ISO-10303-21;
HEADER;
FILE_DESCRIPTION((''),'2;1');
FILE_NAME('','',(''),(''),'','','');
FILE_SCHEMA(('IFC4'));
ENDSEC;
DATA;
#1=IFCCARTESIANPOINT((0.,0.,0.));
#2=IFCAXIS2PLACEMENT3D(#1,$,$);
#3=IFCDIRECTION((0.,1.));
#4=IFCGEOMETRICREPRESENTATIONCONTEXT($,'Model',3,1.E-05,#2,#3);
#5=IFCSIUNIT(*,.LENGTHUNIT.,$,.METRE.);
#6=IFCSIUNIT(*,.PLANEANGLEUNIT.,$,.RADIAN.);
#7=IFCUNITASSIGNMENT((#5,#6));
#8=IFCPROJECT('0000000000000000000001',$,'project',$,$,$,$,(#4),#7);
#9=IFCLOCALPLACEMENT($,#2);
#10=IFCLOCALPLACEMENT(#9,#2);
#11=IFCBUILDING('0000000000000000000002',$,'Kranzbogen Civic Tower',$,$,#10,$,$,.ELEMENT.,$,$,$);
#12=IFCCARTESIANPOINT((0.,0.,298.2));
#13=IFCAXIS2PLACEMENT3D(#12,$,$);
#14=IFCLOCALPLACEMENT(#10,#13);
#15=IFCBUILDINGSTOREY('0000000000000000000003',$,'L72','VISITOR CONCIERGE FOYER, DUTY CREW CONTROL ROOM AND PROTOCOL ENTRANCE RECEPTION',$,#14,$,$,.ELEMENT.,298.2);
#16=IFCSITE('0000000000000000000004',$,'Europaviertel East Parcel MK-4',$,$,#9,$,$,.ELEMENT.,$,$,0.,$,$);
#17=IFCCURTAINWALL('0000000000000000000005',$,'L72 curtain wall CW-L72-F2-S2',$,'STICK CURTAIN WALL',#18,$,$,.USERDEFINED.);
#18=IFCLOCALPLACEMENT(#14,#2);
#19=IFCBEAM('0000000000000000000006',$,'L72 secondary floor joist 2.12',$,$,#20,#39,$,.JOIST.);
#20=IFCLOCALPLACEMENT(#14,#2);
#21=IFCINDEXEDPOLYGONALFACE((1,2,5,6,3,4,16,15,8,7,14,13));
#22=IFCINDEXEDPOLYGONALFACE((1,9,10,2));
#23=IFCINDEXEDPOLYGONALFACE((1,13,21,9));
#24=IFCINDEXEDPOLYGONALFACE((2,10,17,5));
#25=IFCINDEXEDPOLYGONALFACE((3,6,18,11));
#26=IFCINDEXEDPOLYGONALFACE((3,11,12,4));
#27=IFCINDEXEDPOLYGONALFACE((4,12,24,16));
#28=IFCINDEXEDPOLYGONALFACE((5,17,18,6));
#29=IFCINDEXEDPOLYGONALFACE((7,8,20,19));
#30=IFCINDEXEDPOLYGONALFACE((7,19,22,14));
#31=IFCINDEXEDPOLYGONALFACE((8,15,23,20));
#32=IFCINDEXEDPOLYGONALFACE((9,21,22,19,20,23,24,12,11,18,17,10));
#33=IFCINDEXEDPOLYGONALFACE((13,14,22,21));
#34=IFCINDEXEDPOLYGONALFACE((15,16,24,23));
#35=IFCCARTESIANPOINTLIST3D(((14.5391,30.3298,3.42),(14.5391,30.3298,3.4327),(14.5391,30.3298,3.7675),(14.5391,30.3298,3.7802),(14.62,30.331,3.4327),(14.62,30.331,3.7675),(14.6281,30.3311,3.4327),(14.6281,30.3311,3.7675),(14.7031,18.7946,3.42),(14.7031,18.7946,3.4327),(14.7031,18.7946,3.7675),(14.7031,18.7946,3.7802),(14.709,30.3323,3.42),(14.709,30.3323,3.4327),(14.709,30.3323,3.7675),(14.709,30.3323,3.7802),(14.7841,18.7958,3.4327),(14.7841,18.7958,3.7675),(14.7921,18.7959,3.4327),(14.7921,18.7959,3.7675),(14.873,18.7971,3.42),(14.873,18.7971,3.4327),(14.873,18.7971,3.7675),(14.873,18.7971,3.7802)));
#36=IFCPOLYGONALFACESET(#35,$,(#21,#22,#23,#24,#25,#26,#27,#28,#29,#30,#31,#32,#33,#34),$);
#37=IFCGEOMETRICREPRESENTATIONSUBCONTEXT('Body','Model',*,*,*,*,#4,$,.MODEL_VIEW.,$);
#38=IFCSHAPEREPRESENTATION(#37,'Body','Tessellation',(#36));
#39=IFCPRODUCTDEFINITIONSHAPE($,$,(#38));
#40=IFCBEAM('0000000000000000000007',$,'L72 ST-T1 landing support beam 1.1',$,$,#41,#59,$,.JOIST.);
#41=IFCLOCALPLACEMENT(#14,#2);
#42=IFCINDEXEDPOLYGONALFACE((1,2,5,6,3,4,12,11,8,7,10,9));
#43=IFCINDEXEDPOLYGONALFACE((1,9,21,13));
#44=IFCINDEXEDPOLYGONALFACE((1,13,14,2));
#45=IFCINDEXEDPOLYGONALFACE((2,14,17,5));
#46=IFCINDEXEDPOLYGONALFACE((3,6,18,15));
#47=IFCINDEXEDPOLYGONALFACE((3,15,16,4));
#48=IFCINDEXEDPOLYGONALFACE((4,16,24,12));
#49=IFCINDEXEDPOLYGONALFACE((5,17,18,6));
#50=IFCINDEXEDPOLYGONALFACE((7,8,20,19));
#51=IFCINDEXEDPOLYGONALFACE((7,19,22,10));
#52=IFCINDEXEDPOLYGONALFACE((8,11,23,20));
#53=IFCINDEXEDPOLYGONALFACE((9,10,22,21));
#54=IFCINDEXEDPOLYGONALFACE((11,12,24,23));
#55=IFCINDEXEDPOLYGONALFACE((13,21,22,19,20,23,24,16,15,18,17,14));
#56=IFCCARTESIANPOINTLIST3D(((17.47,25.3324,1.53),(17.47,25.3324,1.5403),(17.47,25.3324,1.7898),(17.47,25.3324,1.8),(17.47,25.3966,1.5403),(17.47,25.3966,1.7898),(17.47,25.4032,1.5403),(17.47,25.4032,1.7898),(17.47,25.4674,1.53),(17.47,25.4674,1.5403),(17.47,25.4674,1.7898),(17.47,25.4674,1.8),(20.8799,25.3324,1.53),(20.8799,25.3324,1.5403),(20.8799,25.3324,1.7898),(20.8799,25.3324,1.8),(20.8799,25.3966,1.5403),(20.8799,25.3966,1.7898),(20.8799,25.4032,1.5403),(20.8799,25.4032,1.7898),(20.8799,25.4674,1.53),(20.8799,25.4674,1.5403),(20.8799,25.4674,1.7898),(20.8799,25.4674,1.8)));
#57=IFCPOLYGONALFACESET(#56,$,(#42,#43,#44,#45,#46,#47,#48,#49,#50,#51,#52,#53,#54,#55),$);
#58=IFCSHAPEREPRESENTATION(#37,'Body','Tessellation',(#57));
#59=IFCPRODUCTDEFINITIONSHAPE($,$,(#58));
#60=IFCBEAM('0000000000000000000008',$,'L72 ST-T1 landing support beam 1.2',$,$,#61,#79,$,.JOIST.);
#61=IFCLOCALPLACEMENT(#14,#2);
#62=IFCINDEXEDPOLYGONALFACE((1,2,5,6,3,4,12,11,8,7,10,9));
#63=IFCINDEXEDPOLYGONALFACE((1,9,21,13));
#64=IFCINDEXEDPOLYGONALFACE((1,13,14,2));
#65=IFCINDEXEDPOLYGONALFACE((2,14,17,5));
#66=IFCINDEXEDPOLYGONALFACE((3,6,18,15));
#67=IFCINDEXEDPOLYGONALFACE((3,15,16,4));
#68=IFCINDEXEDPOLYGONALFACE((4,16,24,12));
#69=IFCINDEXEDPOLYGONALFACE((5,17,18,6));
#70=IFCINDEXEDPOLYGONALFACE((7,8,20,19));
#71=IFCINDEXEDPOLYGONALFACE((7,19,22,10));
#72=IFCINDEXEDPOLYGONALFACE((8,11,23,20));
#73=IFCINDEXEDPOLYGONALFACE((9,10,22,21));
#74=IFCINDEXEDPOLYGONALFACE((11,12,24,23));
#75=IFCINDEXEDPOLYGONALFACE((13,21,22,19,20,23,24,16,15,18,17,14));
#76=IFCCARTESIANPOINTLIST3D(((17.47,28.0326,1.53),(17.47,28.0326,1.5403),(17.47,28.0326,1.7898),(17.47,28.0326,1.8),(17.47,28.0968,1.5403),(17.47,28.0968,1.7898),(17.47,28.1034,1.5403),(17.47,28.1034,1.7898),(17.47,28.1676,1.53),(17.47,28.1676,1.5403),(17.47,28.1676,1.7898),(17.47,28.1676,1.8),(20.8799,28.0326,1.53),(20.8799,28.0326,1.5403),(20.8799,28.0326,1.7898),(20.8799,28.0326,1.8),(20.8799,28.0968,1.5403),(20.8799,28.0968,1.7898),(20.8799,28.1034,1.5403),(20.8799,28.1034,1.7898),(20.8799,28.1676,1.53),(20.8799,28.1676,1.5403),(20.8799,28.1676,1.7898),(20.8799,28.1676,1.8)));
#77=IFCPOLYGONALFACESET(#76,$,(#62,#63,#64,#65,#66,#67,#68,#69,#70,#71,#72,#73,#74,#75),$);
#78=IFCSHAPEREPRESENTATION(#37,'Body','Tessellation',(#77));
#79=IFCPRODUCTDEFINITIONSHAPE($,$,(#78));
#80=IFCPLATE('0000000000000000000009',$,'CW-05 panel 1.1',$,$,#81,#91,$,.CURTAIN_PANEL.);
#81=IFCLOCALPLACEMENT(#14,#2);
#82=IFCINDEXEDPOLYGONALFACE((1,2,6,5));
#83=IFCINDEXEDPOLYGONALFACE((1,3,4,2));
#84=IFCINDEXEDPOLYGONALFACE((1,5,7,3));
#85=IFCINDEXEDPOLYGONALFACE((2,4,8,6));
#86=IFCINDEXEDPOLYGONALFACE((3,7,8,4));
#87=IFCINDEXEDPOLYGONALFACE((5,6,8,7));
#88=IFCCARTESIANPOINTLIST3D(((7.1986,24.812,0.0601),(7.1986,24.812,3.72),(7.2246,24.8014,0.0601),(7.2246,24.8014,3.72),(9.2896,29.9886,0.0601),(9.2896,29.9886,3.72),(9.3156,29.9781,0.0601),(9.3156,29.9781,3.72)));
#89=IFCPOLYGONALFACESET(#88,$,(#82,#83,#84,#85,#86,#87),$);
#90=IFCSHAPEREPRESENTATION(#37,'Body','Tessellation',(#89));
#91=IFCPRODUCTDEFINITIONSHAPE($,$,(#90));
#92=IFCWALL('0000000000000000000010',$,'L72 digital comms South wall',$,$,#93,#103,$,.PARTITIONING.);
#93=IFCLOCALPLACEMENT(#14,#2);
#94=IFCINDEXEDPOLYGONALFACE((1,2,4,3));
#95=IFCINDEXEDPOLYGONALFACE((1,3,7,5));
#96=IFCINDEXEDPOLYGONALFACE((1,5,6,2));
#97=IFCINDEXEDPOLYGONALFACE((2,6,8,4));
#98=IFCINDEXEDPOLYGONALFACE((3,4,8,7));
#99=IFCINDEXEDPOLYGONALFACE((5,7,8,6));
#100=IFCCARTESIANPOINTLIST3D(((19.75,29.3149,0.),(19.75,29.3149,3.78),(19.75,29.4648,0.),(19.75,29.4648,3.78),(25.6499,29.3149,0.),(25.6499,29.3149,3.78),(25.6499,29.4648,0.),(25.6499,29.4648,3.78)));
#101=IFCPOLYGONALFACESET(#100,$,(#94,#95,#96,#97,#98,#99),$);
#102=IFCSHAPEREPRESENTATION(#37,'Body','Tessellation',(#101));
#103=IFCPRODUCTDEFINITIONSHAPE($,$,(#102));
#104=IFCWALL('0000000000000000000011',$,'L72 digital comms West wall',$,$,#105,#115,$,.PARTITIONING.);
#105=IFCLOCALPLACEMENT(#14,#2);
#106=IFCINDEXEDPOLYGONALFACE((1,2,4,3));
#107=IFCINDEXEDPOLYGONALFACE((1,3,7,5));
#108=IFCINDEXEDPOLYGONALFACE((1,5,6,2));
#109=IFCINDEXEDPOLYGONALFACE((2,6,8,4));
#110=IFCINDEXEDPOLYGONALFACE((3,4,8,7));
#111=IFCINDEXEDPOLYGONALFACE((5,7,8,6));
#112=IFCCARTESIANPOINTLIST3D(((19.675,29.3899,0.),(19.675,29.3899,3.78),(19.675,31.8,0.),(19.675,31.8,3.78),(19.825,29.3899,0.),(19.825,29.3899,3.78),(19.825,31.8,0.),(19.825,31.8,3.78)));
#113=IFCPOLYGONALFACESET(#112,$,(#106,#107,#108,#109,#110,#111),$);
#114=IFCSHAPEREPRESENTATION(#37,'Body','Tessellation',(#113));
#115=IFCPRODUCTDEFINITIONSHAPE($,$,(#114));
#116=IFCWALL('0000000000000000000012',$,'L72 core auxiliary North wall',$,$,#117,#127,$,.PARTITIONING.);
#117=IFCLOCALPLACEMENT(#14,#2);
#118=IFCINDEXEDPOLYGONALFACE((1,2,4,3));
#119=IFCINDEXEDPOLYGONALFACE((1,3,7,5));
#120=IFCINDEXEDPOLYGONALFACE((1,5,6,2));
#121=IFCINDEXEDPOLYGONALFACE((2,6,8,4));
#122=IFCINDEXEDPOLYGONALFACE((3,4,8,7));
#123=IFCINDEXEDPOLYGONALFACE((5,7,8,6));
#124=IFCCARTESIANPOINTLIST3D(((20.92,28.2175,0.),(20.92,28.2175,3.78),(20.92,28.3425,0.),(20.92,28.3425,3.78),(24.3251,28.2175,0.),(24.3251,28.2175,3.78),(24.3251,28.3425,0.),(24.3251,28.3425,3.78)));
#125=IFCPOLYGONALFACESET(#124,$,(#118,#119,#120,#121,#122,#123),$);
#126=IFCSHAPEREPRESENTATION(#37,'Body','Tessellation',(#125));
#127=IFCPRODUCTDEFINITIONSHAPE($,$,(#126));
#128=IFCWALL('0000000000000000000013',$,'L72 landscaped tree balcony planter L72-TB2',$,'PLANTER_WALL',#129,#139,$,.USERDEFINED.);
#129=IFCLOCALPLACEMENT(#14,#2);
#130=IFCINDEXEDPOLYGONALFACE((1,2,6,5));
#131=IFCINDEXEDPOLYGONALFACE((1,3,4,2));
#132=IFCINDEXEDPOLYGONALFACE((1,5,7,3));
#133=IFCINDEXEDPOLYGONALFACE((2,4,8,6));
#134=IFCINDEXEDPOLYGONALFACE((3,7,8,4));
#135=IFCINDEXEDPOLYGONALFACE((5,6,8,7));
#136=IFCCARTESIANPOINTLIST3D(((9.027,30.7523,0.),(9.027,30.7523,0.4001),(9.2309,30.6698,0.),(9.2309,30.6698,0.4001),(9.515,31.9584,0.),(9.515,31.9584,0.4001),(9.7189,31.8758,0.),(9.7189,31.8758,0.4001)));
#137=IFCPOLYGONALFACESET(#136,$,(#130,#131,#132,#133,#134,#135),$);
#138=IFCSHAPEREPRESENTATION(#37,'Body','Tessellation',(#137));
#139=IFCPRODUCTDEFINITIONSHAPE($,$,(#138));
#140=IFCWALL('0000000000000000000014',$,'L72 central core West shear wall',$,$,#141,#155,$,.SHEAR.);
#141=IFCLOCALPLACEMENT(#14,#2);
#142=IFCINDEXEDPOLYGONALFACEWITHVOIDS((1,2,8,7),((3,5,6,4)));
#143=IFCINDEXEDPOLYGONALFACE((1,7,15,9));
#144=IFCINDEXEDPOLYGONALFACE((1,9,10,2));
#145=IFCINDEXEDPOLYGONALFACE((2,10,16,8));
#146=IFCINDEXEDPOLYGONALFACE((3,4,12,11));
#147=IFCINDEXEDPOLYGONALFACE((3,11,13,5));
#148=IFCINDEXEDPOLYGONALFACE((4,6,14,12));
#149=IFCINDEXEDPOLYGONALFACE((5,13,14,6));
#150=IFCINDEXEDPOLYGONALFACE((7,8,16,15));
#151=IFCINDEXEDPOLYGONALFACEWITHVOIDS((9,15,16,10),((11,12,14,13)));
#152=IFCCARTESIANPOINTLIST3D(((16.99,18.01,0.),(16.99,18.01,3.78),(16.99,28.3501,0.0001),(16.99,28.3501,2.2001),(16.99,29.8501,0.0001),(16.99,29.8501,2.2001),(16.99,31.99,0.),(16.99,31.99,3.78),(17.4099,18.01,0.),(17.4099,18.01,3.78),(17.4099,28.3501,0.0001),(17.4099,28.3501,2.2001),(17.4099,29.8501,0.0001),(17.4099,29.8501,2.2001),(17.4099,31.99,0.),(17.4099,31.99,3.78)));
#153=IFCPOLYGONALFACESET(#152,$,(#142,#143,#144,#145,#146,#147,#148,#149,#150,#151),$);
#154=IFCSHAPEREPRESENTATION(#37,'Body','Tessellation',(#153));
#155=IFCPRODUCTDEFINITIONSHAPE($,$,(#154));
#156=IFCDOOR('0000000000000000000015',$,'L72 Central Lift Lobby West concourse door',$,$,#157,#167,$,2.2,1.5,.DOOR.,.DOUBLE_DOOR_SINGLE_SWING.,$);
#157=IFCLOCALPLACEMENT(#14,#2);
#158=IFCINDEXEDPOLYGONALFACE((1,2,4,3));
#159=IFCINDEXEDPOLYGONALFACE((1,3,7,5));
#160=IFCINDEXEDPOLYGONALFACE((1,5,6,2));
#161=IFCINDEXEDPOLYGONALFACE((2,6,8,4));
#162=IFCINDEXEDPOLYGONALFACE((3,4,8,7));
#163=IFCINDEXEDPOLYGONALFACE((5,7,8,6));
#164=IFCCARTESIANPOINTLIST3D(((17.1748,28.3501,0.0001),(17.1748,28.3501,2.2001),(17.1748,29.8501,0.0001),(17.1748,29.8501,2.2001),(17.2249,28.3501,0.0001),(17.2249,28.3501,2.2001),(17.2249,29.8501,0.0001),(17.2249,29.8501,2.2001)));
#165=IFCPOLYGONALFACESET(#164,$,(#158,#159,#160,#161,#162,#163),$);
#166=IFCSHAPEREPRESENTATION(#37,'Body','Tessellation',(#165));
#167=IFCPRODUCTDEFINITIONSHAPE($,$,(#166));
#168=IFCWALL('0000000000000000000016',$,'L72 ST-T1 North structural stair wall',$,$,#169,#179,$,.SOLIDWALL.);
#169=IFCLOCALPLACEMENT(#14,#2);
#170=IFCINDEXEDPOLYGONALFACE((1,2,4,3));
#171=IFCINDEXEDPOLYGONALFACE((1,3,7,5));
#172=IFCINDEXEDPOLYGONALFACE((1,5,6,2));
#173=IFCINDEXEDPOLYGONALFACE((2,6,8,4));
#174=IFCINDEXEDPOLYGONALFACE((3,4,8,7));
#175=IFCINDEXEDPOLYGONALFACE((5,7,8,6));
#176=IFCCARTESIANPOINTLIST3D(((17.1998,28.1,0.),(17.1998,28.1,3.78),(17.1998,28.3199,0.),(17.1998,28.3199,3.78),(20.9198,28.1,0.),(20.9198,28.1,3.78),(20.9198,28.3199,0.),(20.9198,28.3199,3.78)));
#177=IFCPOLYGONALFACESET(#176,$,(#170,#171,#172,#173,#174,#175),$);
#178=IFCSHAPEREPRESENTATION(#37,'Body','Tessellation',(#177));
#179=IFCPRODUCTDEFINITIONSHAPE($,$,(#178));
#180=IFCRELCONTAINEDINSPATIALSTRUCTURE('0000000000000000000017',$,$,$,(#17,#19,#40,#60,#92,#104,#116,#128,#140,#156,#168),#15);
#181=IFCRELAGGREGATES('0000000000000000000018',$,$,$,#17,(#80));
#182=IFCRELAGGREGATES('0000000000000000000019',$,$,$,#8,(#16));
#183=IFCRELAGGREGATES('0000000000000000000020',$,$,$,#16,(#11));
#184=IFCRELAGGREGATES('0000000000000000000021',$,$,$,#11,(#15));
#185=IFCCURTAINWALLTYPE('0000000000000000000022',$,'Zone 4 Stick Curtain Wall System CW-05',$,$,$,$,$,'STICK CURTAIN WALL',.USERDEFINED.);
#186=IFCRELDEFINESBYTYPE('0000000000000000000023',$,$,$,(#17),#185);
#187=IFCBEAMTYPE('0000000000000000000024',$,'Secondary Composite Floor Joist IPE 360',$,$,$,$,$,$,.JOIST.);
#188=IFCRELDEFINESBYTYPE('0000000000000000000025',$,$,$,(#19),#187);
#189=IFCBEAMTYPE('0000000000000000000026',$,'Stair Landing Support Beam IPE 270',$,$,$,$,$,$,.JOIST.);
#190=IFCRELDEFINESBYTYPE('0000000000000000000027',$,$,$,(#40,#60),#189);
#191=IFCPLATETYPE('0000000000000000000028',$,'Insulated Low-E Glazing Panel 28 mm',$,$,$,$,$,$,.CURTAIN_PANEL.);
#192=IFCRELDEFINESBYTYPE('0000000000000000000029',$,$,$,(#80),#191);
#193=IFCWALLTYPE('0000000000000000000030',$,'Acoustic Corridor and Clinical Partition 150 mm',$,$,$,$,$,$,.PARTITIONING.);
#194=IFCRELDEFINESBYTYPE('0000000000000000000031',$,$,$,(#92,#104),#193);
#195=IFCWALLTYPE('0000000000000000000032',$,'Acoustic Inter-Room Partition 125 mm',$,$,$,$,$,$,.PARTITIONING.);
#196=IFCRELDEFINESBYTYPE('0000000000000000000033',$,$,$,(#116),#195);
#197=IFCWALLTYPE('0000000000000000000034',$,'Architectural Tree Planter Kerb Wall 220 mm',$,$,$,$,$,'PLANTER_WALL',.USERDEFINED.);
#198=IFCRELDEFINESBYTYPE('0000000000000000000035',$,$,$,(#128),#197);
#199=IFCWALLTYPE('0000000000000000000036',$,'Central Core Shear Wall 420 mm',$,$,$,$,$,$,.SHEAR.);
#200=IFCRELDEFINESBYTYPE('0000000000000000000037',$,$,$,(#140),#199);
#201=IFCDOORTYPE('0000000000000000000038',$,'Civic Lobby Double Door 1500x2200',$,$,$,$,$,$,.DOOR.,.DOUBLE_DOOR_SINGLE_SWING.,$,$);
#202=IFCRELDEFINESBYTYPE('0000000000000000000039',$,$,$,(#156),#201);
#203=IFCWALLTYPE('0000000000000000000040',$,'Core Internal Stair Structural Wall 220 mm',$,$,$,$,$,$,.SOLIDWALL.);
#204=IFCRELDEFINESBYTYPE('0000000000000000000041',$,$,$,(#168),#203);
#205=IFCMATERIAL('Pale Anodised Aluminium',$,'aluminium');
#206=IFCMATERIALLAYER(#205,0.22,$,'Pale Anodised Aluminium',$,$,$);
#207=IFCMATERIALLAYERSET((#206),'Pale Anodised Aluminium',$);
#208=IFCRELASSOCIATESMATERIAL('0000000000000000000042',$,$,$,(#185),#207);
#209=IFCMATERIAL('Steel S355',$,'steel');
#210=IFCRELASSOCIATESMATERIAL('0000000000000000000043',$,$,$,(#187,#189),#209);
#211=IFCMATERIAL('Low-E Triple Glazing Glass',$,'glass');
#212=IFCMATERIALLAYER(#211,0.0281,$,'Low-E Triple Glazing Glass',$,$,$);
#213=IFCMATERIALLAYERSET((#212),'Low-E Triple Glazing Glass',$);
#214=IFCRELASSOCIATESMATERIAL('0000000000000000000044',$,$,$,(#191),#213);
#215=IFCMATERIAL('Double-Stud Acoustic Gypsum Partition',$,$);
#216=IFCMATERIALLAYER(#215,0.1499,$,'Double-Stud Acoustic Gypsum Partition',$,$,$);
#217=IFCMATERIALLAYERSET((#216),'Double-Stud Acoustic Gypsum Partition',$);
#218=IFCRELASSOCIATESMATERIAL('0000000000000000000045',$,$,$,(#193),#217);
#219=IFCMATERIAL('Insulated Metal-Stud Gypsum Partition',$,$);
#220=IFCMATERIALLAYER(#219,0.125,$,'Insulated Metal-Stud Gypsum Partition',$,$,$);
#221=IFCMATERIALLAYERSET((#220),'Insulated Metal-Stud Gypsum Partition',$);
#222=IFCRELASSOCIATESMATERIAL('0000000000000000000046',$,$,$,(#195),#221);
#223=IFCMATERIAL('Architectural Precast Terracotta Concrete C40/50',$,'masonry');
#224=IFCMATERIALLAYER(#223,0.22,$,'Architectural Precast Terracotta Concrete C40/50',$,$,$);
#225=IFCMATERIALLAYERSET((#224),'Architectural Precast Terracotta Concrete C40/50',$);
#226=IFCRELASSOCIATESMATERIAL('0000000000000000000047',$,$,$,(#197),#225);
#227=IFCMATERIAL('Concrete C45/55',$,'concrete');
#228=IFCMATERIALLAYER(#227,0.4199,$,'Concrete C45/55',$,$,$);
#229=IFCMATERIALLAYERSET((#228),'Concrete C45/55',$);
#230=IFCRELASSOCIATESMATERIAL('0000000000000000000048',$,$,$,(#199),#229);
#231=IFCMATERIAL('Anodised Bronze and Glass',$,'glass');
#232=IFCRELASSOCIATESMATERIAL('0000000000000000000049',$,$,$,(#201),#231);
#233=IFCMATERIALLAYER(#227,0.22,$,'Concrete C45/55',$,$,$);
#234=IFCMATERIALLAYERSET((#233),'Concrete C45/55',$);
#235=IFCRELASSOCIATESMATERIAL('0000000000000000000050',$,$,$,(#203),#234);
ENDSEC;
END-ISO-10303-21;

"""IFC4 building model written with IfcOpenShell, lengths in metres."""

from ifc_helpers import new_model, si_unit, direction, frame, frame_2d, origin, origin_2d, place, context, subcontext, project, spatial, rectangle, i_section, extrude, material, layer, layer_set, material_profile, profile_set, type_object, element, fill, aggregate, save


model = new_model("IFC4")

# Units and contexts
model_context = context("Model", 3, precision=1e-05, world=origin(), true_north=direction((0.0, 1.0)))
body_context = subcontext(model_context, "Body", "Model", "MODEL_VIEW")
ifc_project = project(units=[si_unit("LENGTHUNIT", "METRE"), si_unit("PLANEANGLEUNIT", "RADIAN")], contexts=[model_context])

# Site, building, storey
site_placement = place(None, origin())
site = spatial("IfcSite", under=ifc_project, at=site_placement, Name="Europaviertel East Parcel MK-4", CompositionType="ELEMENT", RefElevation=0.0)
building_placement = place(site_placement, origin())
building = spatial("IfcBuilding", under=site, at=building_placement, Name="Kranzbogen Civic Tower", CompositionType="ELEMENT")
storey_placement = place(building_placement, frame((0.0, 0.0, 298.2)))
storey = spatial("IfcBuildingStorey", under=building, at=storey_placement, Name="L72", Description="VISITOR CONCIERGE FOYER, DUTY CREW CONTROL ROOM AND PROTOCOL ENTRANCE RECEPTION", CompositionType="ELEMENT", Elevation=298.2)

# Shared definitions
ifc_material_1 = material(Name="Steel S355", Category="steel")

# Curtain wall
ifc_material_2 = material(Name="Pale Anodised Aluminium", Category="aluminium")
ifc_layer_1 = layer(ifc_material_2, 0.22, Name="Pale Anodised Aluminium")
ifc_layer_set_1 = layer_set([ifc_layer_1], Name="Pale Anodised Aluminium")
curtain_wall_type = type_object("IfcCurtainWallType", Name="Zone 4 Stick Curtain Wall System CW-05", ElementType="STICK CURTAIN WALL", PredefinedType="USERDEFINED", material=ifc_layer_set_1)
curtain_wall_placement = place(storey_placement, origin())
curtain_wall = element("IfcCurtainWall", 1, at=curtain_wall_placement, inside=storey, type_object=curtain_wall_type, Name="L72 curtain wall CW-L72-F2-S2", ObjectType="STICK CURTAIN WALL", PredefinedType="USERDEFINED")

# Beams
ifc_material_profile_1 = material_profile(ifc_material_1, i_section(OverallWidth=0.1699, OverallDepth=0.3601, WebThickness=0.0081, FlangeThickness=0.0127, at=origin_2d()), Name="IPE 360")
ifc_profile_set_1 = profile_set([ifc_material_profile_1], Name="Steel S355")
beam_type_1 = type_object("IfcBeamType", Name="Secondary Composite Floor Joist IPE 360", PredefinedType="JOIST", material=ifc_profile_set_1)
beam_1_placement = place(storey_placement, frame((14.624, 30.3311, 3.6001), z_axis=(0.014221, -0.999899, 0.0), x_axis=(0.999899, 0.014221, 0.0)))
element("IfcBeam", 2, at=beam_1_placement, inside=storey, type_object=beam_type_1, Name="L72 secondary floor joist 2.12", PredefinedType="JOIST", context=body_context, shape_type="SweptSolid", body=[
    extrude(i_section(OverallWidth=0.1699, OverallDepth=0.3601, WebThickness=0.0081, FlangeThickness=0.0127, at=origin_2d()), origin(), (0.0, 0.0, 1.0), 11.5364),
])
ifc_material_profile_2 = material_profile(ifc_material_1, i_section(OverallWidth=0.135, OverallDepth=0.27, WebThickness=0.0066, FlangeThickness=0.0103, at=origin_2d()), Name="IPE 270")
ifc_profile_set_2 = profile_set([ifc_material_profile_2], Name="Steel S355")
beam_type_2 = type_object("IfcBeamType", Name="Stair Landing Support Beam IPE 270", PredefinedType="JOIST", material=ifc_profile_set_2)
for number, where, z_axis, x_axis, name in (
    (3, (20.8799, 25.3999, 1.665), (-1.0, 0.0, 0.0), (0.0, -1.0, 0.0), "L72 ST-T1 landing support beam 1.1"),
    (4, (20.8799, 28.1001, 1.665), (-1.0, 0.0, 0.0), (0.0, -1.0, 0.0), "L72 ST-T1 landing support beam 1.2"),
):
    element("IfcBeam", number, at=place(storey_placement, frame(where, z_axis=z_axis, x_axis=x_axis)), inside=storey, type_object=beam_type_2, Name=name, PredefinedType="JOIST", context=body_context, shape_type="SweptSolid", body=[
        extrude(i_section(OverallWidth=0.135, OverallDepth=0.27, WebThickness=0.0066, FlangeThickness=0.0103, at=origin_2d()), origin(), (0.0, 0.0, 1.0), 3.4099),
    ])

# Plate
ifc_material_3 = material(Name="Low-E Triple Glazing Glass", Category="glass")
ifc_layer_2 = layer(ifc_material_3, 0.0281, Name="Low-E Triple Glazing Glass")
ifc_layer_set_2 = layer_set([ifc_layer_2], Name="Low-E Triple Glazing Glass")
plate_type = type_object("IfcPlateType", Name="Insulated Low-E Glazing Panel 28 mm", PredefinedType="CURTAIN_PANEL", material=ifc_layer_set_2)
plate_placement = place(storey_placement, frame((8.2571, 27.395, 0.0601), z_axis=(0.0, 0.0, 1.0), x_axis=(-0.374533, -0.927214, 0.0)))
plate = element("IfcPlate", 5, at=plate_placement, type_object=plate_type, Name="CW-05 panel 1.1", PredefinedType="CURTAIN_PANEL", context=body_context, shape_type="SweptSolid", body=[
    extrude(rectangle(XDim=5.583, YDim=0.0281, at=origin_2d()), origin(), (0.0, 0.0, 1.0), 3.6599),
])
aggregate(curtain_wall, [plate])

# Walls
ifc_material_4 = material(Name="Double-Stud Acoustic Gypsum Partition")
ifc_layer_3 = layer(ifc_material_4, 0.1499, Name="Double-Stud Acoustic Gypsum Partition")
ifc_layer_set_3 = layer_set([ifc_layer_3], Name="Double-Stud Acoustic Gypsum Partition")
wall_type_1 = type_object("IfcWallType", Name="Acoustic Corridor and Clinical Partition 150 mm", PredefinedType="PARTITIONING", material=ifc_layer_set_3)
wall_1_placement = place(storey_placement, frame((19.75, 29.3899, 0.0), z_axis=(0.0, 0.0, 1.0), x_axis=(1.0, 0.0, 0.0)))
element("IfcWall", 6, at=wall_1_placement, inside=storey, type_object=wall_type_1, Name="L72 digital comms South wall", PredefinedType="PARTITIONING", context=body_context, shape_type="SweptSolid", body=[
    extrude(rectangle(XDim=5.8999, YDim=0.1499, at=frame_2d((2.95, 0.0))), origin(), (0.0, 0.0, 1.0), 3.78),
])
wall_2_placement = place(storey_placement, frame((19.75, 29.3899, 0.0), z_axis=(0.0, 0.0, 1.0), x_axis=(0.0, 1.0, 0.0)))
element("IfcWall", 7, at=wall_2_placement, inside=storey, type_object=wall_type_1, Name="L72 digital comms West wall", PredefinedType="PARTITIONING", context=body_context, shape_type="SweptSolid", body=[
    extrude(rectangle(XDim=2.4102, YDim=0.1499, at=frame_2d((1.2051, 0.0))), origin(), (0.0, 0.0, 1.0), 3.78),
])
ifc_material_5 = material(Name="Insulated Metal-Stud Gypsum Partition")
ifc_layer_4 = layer(ifc_material_5, 0.125, Name="Insulated Metal-Stud Gypsum Partition")
ifc_layer_set_4 = layer_set([ifc_layer_4], Name="Insulated Metal-Stud Gypsum Partition")
wall_type_2 = type_object("IfcWallType", Name="Acoustic Inter-Room Partition 125 mm", PredefinedType="PARTITIONING", material=ifc_layer_set_4)
wall_3_placement = place(storey_placement, frame((20.9199, 28.28, 0.0), z_axis=(0.0, 0.0, 1.0), x_axis=(1.0, 0.0, 0.0)))
element("IfcWall", 8, at=wall_3_placement, inside=storey, type_object=wall_type_2, Name="L72 core auxiliary North wall", PredefinedType="PARTITIONING", context=body_context, shape_type="SweptSolid", body=[
    extrude(rectangle(XDim=3.405, YDim=0.125, at=frame_2d((1.7026, 0.0))), origin(), (0.0, 0.0, 1.0), 3.78),
])
ifc_material_6 = material(Name="Architectural Precast Terracotta Concrete C40/50", Category="masonry")
ifc_layer_5 = layer(ifc_material_6, 0.22, Name="Architectural Precast Terracotta Concrete C40/50")
ifc_layer_set_5 = layer_set([ifc_layer_5], Name="Architectural Precast Terracotta Concrete C40/50")
wall_type_3 = type_object("IfcWallType", Name="Architectural Tree Planter Kerb Wall 220 mm", ElementType="PLANTER_WALL", PredefinedType="USERDEFINED", material=ifc_layer_set_5)
wall_4_placement = place(storey_placement, frame((9.6169, 31.917, 0.0), z_axis=(0.0, 0.0, 1.0), x_axis=(-0.375108, -0.926981, 0.0)))
element("IfcWall", 9, at=wall_4_placement, inside=storey, type_object=wall_type_3, Name="L72 landscaped tree balcony planter L72-TB2", ObjectType="PLANTER_WALL", PredefinedType="USERDEFINED", context=body_context, shape_type="SweptSolid", body=[
    extrude(rectangle(XDim=1.301, YDim=0.22, at=frame_2d((0.6504, 0.0))), origin(), (0.0, 0.0, 1.0), 0.4001),
])

# Wall, opening, door
ifc_material_7 = material(Name="Concrete C45/55", Category="concrete")
ifc_layer_6 = layer(ifc_material_7, 0.4199, Name="Concrete C45/55")
ifc_layer_set_6 = layer_set([ifc_layer_6], Name="Concrete C45/55")
wall_type_4 = type_object("IfcWallType", Name="Central Core Shear Wall 420 mm", PredefinedType="SHEAR", material=ifc_layer_set_6)
wall_5_placement = place(storey_placement, frame((17.2, 31.99, 0.0), z_axis=(0.0, 0.0, 1.0), x_axis=(0.0, -1.0, 0.0)))
wall_5 = element("IfcWall", 10, at=wall_5_placement, inside=storey, type_object=wall_type_4, Name="L72 central core West shear wall", PredefinedType="SHEAR", context=body_context, shape_type="SweptSolid", body=[
    extrude(rectangle(XDim=13.98, YDim=0.4199, at=frame_2d((6.99, 0.0))), origin(), (0.0, 0.0, 1.0), 3.78),
])
opening_1_placement = place(wall_5_placement, frame((2.1399, 0.0, 0.0)))
opening_1 = element("IfcOpeningElement", 11, at=opening_1_placement, cuts=wall_5, PredefinedType="OPENING", context=body_context, shape_type="SweptSolid", body=[
    extrude(rectangle(XDim=1.5, YDim=2.2, at=frame_2d((0.75, 1.1001))), frame((0.0, 0.22, 0.0), z_axis=(0.0, -1.0, 0.0), x_axis=(1.0, 0.0, 0.0)), (0.0, 0.0, 1.0), 0.4399),
])
ifc_material_8 = material(Name="Anodised Bronze and Glass", Category="glass")
door_type_1 = type_object("IfcDoorType", Name="Civic Lobby Double Door 1500x2200", OperationType="DOUBLE_DOOR_SINGLE_SWING", PredefinedType="DOOR", material=ifc_material_8)
door_1_placement = place(opening_1_placement, origin())
door_1 = element("IfcDoor", 12, at=door_1_placement, inside=storey, type_object=door_type_1, Name="L72 Central Lift Lobby West concourse door", OperationType="DOUBLE_DOOR_SINGLE_SWING", OverallHeight=2.2, OverallWidth=1.5, PredefinedType="DOOR", context=body_context, shape_type="SweptSolid", body=[
    extrude(rectangle(XDim=1.5, YDim=2.2, at=frame_2d((0.75, 1.1001))), frame((0.0, 0.0249, 0.0), z_axis=(0.0, -1.0, 0.0), x_axis=(1.0, 0.0, 0.0)), (0.0, 0.0, 1.0), 0.05),
])
fill(opening_1, door_1)

# Wall
ifc_layer_7 = layer(ifc_material_7, 0.22, Name="Concrete C45/55")
ifc_layer_set_7 = layer_set([ifc_layer_7], Name="Concrete C45/55")
wall_type_5 = type_object("IfcWallType", Name="Core Internal Stair Structural Wall 220 mm", PredefinedType="SOLIDWALL", material=ifc_layer_set_7)
wall_6_placement = place(storey_placement, frame((17.2, 28.21, 0.0), z_axis=(0.0, 0.0, 1.0), x_axis=(1.0, 0.0, 0.0)))
element("IfcWall", 13, at=wall_6_placement, inside=storey, type_object=wall_type_5, Name="L72 ST-T1 North structural stair wall", PredefinedType="SOLIDWALL", context=body_context, shape_type="SweptSolid", body=[
    extrude(rectangle(XDim=3.72, YDim=0.22, at=frame_2d((1.8599, 0.0))), origin(), (0.0, 0.0, 1.0), 3.78),
])

save(model, "model.ifc")
